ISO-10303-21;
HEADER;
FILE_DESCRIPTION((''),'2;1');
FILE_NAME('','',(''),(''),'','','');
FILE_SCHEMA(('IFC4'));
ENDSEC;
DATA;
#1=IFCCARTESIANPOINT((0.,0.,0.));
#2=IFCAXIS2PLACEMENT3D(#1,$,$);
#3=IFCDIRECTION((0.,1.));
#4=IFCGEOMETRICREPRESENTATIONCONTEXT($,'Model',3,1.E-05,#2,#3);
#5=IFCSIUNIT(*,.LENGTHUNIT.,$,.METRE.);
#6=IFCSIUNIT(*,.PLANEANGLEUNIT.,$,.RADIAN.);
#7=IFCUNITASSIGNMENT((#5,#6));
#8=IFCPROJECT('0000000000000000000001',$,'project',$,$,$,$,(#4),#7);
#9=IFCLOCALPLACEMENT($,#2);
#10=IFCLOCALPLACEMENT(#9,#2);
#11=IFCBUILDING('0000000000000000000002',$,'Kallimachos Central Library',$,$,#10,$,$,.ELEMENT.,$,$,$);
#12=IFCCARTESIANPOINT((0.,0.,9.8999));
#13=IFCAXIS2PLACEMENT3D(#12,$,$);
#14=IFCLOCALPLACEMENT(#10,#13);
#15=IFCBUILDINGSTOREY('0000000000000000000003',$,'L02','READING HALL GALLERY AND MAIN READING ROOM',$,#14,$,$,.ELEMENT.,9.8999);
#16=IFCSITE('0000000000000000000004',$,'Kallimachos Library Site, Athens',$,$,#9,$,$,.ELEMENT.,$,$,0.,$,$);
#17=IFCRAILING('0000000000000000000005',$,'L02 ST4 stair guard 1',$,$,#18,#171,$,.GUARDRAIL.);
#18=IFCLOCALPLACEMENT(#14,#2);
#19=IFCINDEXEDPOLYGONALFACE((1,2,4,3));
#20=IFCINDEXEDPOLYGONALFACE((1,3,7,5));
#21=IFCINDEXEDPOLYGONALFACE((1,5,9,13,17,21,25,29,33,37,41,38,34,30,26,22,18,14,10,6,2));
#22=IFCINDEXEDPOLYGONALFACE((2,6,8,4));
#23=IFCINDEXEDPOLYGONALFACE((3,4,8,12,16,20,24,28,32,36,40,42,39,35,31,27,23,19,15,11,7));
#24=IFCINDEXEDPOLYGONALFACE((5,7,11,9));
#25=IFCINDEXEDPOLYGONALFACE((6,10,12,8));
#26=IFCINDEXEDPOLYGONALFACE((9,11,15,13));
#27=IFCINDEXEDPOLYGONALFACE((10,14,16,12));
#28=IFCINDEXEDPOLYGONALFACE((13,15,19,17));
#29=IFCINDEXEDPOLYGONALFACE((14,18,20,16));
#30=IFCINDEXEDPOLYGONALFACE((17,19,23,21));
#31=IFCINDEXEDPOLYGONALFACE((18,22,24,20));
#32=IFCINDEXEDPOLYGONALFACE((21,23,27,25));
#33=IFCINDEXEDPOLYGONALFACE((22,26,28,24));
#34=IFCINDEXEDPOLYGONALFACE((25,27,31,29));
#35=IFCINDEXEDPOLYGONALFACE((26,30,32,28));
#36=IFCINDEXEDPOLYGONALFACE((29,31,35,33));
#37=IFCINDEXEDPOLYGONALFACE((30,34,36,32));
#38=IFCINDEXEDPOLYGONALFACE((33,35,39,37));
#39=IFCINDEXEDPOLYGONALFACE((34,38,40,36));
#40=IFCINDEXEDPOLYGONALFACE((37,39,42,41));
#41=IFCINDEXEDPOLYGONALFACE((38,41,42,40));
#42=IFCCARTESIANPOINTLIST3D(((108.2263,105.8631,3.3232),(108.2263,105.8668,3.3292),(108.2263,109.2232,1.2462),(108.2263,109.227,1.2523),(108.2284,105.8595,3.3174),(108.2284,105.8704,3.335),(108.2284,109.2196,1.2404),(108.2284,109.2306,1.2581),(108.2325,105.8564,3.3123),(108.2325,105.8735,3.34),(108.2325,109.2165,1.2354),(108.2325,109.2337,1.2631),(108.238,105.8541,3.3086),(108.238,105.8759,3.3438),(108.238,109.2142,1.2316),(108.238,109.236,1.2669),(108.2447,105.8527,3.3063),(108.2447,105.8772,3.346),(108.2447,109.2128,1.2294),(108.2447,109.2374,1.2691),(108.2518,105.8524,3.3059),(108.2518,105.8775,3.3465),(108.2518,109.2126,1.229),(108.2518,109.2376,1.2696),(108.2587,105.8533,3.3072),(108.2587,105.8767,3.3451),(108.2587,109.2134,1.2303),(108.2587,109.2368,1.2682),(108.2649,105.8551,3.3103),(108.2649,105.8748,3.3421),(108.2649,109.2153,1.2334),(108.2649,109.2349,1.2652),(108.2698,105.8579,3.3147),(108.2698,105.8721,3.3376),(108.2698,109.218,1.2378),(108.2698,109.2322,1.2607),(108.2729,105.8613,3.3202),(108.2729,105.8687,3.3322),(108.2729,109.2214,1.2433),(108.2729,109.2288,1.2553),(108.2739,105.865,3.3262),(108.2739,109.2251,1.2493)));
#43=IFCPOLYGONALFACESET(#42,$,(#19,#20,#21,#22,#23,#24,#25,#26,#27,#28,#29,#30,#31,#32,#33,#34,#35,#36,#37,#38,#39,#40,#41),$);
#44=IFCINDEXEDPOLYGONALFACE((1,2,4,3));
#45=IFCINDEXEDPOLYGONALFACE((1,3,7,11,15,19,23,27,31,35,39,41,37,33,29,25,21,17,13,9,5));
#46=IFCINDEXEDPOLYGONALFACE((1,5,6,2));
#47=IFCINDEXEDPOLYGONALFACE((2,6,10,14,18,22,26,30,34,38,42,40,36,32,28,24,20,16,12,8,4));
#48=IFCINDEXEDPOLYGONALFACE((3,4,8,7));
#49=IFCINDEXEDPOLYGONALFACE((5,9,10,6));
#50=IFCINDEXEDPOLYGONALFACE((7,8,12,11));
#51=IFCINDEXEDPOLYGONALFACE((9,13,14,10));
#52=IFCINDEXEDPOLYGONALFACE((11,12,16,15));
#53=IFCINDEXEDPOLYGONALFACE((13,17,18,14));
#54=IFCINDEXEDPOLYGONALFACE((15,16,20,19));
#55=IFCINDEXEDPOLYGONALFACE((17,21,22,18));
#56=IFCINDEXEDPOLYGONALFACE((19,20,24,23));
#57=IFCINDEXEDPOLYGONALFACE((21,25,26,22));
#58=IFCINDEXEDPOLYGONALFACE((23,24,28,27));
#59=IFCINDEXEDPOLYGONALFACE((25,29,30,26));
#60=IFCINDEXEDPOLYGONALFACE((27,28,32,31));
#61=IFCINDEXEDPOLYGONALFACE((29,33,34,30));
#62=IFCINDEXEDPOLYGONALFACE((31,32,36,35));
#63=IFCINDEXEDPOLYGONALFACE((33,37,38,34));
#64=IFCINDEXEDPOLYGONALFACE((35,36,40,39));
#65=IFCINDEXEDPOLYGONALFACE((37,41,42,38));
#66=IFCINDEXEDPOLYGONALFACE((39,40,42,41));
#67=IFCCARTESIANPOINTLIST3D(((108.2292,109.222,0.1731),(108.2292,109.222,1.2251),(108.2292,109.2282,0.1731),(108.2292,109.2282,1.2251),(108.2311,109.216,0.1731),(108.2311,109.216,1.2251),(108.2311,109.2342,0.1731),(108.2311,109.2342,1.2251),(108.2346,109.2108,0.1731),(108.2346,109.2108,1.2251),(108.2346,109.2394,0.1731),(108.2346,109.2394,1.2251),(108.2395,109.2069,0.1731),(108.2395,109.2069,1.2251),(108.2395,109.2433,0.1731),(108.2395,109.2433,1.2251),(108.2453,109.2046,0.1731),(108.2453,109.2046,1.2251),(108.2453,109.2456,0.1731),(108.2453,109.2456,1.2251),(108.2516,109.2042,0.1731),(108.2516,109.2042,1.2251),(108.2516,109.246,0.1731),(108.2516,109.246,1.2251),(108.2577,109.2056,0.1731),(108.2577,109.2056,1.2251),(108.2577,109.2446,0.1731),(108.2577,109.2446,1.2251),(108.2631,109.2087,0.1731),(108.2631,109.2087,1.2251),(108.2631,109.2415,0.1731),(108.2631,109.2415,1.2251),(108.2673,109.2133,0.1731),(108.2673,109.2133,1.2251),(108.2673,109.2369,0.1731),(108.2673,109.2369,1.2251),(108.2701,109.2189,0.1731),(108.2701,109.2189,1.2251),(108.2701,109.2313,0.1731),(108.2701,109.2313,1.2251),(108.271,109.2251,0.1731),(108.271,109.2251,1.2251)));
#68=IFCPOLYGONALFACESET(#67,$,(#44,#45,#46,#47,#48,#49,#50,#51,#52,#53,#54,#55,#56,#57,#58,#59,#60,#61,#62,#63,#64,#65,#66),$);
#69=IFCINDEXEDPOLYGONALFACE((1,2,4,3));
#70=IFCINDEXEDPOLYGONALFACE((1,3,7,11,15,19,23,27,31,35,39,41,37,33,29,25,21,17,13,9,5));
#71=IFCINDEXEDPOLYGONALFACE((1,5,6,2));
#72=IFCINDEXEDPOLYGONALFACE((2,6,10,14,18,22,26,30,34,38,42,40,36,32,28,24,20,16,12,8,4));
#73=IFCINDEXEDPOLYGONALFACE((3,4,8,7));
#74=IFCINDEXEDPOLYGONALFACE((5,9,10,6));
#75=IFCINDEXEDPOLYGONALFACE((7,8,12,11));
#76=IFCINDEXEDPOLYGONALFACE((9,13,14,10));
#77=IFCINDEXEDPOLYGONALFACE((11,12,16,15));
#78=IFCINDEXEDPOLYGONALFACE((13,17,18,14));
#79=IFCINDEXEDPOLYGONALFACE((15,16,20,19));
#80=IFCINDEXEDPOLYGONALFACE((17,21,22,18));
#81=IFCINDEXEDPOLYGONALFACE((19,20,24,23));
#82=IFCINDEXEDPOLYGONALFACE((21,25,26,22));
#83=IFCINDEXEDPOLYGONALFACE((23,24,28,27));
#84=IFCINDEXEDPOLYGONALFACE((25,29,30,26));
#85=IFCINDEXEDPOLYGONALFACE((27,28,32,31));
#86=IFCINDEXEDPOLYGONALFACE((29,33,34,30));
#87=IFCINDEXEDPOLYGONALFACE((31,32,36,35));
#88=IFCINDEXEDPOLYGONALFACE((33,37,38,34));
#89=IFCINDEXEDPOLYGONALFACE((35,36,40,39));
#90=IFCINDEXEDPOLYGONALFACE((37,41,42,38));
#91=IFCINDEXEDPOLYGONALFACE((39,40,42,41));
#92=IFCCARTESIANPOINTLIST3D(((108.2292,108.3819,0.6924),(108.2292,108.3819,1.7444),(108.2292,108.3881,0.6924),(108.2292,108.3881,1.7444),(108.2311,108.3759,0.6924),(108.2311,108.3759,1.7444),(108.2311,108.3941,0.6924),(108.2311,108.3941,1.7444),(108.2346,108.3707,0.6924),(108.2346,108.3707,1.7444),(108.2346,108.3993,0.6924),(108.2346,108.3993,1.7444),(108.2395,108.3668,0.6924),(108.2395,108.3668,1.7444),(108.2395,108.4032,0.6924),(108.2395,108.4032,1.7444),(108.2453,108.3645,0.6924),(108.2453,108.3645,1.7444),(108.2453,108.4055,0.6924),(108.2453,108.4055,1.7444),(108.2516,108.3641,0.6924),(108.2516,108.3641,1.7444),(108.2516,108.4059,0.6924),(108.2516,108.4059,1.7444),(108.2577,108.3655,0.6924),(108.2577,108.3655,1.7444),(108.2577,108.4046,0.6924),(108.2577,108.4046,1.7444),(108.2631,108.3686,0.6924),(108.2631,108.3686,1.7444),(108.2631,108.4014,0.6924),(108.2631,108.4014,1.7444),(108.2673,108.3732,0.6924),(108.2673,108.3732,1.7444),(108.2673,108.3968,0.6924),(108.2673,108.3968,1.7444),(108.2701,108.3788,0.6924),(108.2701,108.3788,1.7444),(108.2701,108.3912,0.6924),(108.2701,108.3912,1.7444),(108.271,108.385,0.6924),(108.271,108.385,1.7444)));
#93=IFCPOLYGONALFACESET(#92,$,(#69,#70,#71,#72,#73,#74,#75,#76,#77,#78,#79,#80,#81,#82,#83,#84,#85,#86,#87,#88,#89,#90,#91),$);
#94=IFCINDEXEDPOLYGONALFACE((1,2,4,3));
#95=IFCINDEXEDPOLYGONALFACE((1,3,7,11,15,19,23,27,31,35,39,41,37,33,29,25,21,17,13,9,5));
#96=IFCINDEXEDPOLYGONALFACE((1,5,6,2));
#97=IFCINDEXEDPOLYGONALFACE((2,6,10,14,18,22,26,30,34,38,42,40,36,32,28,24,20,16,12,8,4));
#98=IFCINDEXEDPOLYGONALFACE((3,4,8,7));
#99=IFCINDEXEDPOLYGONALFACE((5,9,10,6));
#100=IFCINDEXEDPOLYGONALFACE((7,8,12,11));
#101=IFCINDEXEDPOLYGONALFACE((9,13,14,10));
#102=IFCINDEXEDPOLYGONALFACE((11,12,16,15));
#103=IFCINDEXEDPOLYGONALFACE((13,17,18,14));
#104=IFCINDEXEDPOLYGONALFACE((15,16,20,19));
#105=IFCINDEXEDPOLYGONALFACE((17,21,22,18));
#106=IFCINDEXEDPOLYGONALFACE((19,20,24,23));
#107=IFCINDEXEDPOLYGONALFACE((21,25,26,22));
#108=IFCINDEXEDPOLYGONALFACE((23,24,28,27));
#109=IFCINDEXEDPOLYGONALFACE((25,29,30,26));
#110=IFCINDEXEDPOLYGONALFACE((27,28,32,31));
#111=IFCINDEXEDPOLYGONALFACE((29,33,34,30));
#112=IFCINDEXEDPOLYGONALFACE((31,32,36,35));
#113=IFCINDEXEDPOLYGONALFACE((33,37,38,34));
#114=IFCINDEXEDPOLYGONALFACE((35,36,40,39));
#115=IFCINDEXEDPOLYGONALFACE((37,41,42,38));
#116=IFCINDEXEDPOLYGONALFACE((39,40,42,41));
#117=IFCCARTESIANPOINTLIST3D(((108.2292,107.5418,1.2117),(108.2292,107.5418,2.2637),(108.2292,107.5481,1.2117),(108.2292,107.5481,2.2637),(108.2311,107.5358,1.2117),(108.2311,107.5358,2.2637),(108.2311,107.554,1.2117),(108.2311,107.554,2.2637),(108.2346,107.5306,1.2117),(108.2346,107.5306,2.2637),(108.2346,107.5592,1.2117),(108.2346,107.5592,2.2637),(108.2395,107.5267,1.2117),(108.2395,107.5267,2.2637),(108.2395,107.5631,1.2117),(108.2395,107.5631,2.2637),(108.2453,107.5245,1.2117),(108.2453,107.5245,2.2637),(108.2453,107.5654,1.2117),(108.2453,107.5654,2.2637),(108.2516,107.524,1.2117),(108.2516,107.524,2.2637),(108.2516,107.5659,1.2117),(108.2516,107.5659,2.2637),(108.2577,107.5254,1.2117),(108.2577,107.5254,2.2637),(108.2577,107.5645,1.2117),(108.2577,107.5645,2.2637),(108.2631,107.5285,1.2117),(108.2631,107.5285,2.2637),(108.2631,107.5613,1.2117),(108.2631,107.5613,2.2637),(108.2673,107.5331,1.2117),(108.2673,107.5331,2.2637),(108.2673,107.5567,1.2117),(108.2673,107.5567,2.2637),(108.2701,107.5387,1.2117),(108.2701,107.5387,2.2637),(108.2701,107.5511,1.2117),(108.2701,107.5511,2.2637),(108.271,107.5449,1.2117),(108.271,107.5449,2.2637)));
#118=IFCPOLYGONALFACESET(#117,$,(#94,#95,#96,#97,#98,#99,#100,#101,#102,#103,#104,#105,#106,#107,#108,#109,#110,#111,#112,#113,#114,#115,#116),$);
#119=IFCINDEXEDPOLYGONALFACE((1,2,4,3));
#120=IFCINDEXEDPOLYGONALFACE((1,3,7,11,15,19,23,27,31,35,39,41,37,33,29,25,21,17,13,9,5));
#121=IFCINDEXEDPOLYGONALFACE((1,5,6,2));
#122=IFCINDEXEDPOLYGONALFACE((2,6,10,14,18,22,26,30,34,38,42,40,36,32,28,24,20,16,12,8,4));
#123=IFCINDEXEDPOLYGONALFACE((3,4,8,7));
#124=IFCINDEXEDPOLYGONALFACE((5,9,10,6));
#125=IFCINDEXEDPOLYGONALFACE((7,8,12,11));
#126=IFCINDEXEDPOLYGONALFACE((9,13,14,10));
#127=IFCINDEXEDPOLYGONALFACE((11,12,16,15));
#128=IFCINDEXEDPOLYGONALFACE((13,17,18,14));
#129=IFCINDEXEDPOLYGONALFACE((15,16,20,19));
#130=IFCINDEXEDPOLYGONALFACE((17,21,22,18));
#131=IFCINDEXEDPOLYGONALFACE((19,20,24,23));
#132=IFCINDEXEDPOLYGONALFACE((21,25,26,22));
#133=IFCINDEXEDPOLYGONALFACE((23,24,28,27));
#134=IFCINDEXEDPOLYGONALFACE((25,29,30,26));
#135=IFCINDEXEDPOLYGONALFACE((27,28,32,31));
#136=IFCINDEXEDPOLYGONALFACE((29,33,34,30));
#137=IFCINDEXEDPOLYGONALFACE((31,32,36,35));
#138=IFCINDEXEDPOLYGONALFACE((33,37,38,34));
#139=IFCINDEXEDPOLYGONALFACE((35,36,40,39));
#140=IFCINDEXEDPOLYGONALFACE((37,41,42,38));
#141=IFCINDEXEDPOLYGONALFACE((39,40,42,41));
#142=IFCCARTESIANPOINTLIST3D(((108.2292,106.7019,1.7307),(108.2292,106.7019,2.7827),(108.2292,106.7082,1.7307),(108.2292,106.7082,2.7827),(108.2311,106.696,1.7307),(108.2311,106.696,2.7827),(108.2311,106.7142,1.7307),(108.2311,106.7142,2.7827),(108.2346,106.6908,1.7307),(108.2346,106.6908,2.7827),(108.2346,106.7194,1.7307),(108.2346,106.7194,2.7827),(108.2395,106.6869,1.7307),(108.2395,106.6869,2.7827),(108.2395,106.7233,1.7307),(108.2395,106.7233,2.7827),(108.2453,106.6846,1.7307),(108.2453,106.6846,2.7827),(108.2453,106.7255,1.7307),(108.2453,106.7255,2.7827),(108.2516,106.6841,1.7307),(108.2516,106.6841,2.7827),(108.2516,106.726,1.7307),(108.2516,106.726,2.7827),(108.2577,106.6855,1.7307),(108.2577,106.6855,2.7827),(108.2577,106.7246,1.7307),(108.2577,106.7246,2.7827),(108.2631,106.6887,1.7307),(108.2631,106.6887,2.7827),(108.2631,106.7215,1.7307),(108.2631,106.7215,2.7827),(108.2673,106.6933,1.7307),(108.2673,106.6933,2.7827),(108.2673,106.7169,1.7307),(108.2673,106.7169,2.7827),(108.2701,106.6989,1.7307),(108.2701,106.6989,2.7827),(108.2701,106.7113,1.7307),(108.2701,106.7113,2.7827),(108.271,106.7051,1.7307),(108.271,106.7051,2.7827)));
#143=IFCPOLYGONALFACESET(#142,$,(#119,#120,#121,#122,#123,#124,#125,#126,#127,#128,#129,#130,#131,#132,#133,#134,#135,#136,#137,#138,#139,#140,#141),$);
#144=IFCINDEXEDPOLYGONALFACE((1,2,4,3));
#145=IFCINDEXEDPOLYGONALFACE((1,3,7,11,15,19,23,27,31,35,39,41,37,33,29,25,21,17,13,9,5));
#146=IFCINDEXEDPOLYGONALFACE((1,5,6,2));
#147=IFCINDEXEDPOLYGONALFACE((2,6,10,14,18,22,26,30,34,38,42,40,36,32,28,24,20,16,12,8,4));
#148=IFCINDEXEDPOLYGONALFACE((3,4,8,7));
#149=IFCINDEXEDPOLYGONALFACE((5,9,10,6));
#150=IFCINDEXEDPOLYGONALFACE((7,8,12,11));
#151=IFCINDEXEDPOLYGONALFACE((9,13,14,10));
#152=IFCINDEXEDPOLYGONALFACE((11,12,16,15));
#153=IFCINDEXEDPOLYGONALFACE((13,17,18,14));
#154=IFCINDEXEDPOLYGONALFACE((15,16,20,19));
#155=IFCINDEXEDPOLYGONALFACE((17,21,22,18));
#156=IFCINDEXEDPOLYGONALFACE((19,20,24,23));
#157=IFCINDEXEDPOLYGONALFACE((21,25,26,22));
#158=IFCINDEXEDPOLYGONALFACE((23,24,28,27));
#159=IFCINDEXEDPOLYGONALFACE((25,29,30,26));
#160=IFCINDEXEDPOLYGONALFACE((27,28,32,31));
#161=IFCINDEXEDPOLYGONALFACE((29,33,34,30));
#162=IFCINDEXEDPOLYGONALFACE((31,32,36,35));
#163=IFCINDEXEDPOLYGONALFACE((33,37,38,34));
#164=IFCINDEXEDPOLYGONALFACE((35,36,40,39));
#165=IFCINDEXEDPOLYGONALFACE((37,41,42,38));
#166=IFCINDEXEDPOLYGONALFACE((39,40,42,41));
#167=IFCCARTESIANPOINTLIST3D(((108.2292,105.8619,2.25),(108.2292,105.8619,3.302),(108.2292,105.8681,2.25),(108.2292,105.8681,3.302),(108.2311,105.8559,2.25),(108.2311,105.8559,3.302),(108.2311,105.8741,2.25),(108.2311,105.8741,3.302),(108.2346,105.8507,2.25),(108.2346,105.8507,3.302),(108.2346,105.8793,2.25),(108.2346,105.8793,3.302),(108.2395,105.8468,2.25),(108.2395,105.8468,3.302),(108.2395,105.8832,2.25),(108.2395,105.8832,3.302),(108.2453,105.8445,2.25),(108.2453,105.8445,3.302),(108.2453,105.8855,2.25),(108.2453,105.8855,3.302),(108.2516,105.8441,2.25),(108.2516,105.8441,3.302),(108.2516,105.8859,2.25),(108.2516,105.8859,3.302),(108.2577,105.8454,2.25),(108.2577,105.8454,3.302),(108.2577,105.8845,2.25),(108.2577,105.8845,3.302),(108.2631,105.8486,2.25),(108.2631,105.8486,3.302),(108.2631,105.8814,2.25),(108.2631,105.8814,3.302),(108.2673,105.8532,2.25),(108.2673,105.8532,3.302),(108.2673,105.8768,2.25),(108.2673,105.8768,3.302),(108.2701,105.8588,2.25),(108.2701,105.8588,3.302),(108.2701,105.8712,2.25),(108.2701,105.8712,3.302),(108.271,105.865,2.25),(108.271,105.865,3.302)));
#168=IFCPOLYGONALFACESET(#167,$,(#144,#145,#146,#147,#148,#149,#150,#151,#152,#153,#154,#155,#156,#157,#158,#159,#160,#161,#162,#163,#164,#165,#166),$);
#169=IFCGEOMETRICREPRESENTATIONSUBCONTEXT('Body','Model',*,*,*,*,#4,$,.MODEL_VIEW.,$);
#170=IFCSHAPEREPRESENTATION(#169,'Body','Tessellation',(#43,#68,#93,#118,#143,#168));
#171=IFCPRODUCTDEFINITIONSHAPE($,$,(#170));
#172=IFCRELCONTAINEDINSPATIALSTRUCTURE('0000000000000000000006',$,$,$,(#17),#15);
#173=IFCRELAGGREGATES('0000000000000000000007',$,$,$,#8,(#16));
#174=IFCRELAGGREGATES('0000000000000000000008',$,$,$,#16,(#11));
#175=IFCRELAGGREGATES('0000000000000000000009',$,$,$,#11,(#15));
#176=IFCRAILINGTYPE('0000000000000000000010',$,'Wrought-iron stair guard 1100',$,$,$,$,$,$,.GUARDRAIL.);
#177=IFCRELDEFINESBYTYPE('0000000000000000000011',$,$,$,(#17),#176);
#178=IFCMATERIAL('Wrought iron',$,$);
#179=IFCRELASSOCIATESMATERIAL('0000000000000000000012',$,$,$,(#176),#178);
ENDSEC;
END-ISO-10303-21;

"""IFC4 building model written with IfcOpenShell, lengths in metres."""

from ifc_helpers import new_model, si_unit, direction, frame, origin, origin_2d, place, context, subcontext, project, spatial, circle, extrude, material, type_object, element, save


model = new_model("IFC4")

# Units and contexts
model_context = context("Model", 3, precision=1e-05, world=origin(), true_north=direction((0.0, 1.0)))
body_context = subcontext(model_context, "Body", "Model", "MODEL_VIEW")
ifc_project = project(units=[si_unit("LENGTHUNIT", "METRE"), si_unit("PLANEANGLEUNIT", "RADIAN")], contexts=[model_context])

# Site, building, storey
site_placement = place(None, origin())
site = spatial("IfcSite", under=ifc_project, at=site_placement, Name="Kallimachos Library Site, Athens", CompositionType="ELEMENT", RefElevation=0.0)
building_placement = place(site_placement, origin())
building = spatial("IfcBuilding", under=site, at=building_placement, Name="Kallimachos Central Library", CompositionType="ELEMENT")
storey_placement = place(building_placement, frame((0.0, 0.0, 9.8999)))
storey = spatial("IfcBuildingStorey", under=building, at=storey_placement, Name="L02", Description="READING HALL GALLERY AND MAIN READING ROOM", CompositionType="ELEMENT", Elevation=9.8999)

# Railing
ifc_material_1 = material(Name="Wrought iron")
railing_type_1 = type_object("IfcRailingType", Name="Wrought-iron stair guard 1100", PredefinedType="GUARDRAIL", material=ifc_material_1)
railing_1_placement = place(storey_placement, frame((108.25, 109.2251, 0.1731)))
element("IfcRailing", 1, at=railing_1_placement, inside=storey, type_object=railing_type_1, Name="L02 ST4 stair guard 1", PredefinedType="GUARDRAIL", context=body_context, shape_type="SweptSolid", body=[
    extrude(circle(Radius=0.0239, at=origin_2d()), frame((0.0, 0.0, 1.0762), z_axis=(0.0, -0.850623, 0.525776), x_axis=(1.0, 0.0, 0.0)), (0.0, 0.0, 1.0), 3.9502),
    extrude(circle(Radius=0.021, at=origin_2d()), origin(), (0.0, 0.0, 1.0), 1.052),
    extrude(circle(Radius=0.021, at=origin_2d()), frame((0.0, -0.8401, 0.5193)), (0.0, 0.0, 1.0), 1.052),
    extrude(circle(Radius=0.021, at=origin_2d()), frame((0.0, -1.6802, 1.0386)), (0.0, 0.0, 1.0), 1.052),
    extrude(circle(Radius=0.021, at=origin_2d()), frame((0.0, -2.52, 1.5576)), (0.0, 0.0, 1.0), 1.052),
    extrude(circle(Radius=0.021, at=origin_2d()), frame((0.0, -3.3601, 2.0769)), (0.0, 0.0, 1.0), 1.052),
])

save(model, "model.ifc")
